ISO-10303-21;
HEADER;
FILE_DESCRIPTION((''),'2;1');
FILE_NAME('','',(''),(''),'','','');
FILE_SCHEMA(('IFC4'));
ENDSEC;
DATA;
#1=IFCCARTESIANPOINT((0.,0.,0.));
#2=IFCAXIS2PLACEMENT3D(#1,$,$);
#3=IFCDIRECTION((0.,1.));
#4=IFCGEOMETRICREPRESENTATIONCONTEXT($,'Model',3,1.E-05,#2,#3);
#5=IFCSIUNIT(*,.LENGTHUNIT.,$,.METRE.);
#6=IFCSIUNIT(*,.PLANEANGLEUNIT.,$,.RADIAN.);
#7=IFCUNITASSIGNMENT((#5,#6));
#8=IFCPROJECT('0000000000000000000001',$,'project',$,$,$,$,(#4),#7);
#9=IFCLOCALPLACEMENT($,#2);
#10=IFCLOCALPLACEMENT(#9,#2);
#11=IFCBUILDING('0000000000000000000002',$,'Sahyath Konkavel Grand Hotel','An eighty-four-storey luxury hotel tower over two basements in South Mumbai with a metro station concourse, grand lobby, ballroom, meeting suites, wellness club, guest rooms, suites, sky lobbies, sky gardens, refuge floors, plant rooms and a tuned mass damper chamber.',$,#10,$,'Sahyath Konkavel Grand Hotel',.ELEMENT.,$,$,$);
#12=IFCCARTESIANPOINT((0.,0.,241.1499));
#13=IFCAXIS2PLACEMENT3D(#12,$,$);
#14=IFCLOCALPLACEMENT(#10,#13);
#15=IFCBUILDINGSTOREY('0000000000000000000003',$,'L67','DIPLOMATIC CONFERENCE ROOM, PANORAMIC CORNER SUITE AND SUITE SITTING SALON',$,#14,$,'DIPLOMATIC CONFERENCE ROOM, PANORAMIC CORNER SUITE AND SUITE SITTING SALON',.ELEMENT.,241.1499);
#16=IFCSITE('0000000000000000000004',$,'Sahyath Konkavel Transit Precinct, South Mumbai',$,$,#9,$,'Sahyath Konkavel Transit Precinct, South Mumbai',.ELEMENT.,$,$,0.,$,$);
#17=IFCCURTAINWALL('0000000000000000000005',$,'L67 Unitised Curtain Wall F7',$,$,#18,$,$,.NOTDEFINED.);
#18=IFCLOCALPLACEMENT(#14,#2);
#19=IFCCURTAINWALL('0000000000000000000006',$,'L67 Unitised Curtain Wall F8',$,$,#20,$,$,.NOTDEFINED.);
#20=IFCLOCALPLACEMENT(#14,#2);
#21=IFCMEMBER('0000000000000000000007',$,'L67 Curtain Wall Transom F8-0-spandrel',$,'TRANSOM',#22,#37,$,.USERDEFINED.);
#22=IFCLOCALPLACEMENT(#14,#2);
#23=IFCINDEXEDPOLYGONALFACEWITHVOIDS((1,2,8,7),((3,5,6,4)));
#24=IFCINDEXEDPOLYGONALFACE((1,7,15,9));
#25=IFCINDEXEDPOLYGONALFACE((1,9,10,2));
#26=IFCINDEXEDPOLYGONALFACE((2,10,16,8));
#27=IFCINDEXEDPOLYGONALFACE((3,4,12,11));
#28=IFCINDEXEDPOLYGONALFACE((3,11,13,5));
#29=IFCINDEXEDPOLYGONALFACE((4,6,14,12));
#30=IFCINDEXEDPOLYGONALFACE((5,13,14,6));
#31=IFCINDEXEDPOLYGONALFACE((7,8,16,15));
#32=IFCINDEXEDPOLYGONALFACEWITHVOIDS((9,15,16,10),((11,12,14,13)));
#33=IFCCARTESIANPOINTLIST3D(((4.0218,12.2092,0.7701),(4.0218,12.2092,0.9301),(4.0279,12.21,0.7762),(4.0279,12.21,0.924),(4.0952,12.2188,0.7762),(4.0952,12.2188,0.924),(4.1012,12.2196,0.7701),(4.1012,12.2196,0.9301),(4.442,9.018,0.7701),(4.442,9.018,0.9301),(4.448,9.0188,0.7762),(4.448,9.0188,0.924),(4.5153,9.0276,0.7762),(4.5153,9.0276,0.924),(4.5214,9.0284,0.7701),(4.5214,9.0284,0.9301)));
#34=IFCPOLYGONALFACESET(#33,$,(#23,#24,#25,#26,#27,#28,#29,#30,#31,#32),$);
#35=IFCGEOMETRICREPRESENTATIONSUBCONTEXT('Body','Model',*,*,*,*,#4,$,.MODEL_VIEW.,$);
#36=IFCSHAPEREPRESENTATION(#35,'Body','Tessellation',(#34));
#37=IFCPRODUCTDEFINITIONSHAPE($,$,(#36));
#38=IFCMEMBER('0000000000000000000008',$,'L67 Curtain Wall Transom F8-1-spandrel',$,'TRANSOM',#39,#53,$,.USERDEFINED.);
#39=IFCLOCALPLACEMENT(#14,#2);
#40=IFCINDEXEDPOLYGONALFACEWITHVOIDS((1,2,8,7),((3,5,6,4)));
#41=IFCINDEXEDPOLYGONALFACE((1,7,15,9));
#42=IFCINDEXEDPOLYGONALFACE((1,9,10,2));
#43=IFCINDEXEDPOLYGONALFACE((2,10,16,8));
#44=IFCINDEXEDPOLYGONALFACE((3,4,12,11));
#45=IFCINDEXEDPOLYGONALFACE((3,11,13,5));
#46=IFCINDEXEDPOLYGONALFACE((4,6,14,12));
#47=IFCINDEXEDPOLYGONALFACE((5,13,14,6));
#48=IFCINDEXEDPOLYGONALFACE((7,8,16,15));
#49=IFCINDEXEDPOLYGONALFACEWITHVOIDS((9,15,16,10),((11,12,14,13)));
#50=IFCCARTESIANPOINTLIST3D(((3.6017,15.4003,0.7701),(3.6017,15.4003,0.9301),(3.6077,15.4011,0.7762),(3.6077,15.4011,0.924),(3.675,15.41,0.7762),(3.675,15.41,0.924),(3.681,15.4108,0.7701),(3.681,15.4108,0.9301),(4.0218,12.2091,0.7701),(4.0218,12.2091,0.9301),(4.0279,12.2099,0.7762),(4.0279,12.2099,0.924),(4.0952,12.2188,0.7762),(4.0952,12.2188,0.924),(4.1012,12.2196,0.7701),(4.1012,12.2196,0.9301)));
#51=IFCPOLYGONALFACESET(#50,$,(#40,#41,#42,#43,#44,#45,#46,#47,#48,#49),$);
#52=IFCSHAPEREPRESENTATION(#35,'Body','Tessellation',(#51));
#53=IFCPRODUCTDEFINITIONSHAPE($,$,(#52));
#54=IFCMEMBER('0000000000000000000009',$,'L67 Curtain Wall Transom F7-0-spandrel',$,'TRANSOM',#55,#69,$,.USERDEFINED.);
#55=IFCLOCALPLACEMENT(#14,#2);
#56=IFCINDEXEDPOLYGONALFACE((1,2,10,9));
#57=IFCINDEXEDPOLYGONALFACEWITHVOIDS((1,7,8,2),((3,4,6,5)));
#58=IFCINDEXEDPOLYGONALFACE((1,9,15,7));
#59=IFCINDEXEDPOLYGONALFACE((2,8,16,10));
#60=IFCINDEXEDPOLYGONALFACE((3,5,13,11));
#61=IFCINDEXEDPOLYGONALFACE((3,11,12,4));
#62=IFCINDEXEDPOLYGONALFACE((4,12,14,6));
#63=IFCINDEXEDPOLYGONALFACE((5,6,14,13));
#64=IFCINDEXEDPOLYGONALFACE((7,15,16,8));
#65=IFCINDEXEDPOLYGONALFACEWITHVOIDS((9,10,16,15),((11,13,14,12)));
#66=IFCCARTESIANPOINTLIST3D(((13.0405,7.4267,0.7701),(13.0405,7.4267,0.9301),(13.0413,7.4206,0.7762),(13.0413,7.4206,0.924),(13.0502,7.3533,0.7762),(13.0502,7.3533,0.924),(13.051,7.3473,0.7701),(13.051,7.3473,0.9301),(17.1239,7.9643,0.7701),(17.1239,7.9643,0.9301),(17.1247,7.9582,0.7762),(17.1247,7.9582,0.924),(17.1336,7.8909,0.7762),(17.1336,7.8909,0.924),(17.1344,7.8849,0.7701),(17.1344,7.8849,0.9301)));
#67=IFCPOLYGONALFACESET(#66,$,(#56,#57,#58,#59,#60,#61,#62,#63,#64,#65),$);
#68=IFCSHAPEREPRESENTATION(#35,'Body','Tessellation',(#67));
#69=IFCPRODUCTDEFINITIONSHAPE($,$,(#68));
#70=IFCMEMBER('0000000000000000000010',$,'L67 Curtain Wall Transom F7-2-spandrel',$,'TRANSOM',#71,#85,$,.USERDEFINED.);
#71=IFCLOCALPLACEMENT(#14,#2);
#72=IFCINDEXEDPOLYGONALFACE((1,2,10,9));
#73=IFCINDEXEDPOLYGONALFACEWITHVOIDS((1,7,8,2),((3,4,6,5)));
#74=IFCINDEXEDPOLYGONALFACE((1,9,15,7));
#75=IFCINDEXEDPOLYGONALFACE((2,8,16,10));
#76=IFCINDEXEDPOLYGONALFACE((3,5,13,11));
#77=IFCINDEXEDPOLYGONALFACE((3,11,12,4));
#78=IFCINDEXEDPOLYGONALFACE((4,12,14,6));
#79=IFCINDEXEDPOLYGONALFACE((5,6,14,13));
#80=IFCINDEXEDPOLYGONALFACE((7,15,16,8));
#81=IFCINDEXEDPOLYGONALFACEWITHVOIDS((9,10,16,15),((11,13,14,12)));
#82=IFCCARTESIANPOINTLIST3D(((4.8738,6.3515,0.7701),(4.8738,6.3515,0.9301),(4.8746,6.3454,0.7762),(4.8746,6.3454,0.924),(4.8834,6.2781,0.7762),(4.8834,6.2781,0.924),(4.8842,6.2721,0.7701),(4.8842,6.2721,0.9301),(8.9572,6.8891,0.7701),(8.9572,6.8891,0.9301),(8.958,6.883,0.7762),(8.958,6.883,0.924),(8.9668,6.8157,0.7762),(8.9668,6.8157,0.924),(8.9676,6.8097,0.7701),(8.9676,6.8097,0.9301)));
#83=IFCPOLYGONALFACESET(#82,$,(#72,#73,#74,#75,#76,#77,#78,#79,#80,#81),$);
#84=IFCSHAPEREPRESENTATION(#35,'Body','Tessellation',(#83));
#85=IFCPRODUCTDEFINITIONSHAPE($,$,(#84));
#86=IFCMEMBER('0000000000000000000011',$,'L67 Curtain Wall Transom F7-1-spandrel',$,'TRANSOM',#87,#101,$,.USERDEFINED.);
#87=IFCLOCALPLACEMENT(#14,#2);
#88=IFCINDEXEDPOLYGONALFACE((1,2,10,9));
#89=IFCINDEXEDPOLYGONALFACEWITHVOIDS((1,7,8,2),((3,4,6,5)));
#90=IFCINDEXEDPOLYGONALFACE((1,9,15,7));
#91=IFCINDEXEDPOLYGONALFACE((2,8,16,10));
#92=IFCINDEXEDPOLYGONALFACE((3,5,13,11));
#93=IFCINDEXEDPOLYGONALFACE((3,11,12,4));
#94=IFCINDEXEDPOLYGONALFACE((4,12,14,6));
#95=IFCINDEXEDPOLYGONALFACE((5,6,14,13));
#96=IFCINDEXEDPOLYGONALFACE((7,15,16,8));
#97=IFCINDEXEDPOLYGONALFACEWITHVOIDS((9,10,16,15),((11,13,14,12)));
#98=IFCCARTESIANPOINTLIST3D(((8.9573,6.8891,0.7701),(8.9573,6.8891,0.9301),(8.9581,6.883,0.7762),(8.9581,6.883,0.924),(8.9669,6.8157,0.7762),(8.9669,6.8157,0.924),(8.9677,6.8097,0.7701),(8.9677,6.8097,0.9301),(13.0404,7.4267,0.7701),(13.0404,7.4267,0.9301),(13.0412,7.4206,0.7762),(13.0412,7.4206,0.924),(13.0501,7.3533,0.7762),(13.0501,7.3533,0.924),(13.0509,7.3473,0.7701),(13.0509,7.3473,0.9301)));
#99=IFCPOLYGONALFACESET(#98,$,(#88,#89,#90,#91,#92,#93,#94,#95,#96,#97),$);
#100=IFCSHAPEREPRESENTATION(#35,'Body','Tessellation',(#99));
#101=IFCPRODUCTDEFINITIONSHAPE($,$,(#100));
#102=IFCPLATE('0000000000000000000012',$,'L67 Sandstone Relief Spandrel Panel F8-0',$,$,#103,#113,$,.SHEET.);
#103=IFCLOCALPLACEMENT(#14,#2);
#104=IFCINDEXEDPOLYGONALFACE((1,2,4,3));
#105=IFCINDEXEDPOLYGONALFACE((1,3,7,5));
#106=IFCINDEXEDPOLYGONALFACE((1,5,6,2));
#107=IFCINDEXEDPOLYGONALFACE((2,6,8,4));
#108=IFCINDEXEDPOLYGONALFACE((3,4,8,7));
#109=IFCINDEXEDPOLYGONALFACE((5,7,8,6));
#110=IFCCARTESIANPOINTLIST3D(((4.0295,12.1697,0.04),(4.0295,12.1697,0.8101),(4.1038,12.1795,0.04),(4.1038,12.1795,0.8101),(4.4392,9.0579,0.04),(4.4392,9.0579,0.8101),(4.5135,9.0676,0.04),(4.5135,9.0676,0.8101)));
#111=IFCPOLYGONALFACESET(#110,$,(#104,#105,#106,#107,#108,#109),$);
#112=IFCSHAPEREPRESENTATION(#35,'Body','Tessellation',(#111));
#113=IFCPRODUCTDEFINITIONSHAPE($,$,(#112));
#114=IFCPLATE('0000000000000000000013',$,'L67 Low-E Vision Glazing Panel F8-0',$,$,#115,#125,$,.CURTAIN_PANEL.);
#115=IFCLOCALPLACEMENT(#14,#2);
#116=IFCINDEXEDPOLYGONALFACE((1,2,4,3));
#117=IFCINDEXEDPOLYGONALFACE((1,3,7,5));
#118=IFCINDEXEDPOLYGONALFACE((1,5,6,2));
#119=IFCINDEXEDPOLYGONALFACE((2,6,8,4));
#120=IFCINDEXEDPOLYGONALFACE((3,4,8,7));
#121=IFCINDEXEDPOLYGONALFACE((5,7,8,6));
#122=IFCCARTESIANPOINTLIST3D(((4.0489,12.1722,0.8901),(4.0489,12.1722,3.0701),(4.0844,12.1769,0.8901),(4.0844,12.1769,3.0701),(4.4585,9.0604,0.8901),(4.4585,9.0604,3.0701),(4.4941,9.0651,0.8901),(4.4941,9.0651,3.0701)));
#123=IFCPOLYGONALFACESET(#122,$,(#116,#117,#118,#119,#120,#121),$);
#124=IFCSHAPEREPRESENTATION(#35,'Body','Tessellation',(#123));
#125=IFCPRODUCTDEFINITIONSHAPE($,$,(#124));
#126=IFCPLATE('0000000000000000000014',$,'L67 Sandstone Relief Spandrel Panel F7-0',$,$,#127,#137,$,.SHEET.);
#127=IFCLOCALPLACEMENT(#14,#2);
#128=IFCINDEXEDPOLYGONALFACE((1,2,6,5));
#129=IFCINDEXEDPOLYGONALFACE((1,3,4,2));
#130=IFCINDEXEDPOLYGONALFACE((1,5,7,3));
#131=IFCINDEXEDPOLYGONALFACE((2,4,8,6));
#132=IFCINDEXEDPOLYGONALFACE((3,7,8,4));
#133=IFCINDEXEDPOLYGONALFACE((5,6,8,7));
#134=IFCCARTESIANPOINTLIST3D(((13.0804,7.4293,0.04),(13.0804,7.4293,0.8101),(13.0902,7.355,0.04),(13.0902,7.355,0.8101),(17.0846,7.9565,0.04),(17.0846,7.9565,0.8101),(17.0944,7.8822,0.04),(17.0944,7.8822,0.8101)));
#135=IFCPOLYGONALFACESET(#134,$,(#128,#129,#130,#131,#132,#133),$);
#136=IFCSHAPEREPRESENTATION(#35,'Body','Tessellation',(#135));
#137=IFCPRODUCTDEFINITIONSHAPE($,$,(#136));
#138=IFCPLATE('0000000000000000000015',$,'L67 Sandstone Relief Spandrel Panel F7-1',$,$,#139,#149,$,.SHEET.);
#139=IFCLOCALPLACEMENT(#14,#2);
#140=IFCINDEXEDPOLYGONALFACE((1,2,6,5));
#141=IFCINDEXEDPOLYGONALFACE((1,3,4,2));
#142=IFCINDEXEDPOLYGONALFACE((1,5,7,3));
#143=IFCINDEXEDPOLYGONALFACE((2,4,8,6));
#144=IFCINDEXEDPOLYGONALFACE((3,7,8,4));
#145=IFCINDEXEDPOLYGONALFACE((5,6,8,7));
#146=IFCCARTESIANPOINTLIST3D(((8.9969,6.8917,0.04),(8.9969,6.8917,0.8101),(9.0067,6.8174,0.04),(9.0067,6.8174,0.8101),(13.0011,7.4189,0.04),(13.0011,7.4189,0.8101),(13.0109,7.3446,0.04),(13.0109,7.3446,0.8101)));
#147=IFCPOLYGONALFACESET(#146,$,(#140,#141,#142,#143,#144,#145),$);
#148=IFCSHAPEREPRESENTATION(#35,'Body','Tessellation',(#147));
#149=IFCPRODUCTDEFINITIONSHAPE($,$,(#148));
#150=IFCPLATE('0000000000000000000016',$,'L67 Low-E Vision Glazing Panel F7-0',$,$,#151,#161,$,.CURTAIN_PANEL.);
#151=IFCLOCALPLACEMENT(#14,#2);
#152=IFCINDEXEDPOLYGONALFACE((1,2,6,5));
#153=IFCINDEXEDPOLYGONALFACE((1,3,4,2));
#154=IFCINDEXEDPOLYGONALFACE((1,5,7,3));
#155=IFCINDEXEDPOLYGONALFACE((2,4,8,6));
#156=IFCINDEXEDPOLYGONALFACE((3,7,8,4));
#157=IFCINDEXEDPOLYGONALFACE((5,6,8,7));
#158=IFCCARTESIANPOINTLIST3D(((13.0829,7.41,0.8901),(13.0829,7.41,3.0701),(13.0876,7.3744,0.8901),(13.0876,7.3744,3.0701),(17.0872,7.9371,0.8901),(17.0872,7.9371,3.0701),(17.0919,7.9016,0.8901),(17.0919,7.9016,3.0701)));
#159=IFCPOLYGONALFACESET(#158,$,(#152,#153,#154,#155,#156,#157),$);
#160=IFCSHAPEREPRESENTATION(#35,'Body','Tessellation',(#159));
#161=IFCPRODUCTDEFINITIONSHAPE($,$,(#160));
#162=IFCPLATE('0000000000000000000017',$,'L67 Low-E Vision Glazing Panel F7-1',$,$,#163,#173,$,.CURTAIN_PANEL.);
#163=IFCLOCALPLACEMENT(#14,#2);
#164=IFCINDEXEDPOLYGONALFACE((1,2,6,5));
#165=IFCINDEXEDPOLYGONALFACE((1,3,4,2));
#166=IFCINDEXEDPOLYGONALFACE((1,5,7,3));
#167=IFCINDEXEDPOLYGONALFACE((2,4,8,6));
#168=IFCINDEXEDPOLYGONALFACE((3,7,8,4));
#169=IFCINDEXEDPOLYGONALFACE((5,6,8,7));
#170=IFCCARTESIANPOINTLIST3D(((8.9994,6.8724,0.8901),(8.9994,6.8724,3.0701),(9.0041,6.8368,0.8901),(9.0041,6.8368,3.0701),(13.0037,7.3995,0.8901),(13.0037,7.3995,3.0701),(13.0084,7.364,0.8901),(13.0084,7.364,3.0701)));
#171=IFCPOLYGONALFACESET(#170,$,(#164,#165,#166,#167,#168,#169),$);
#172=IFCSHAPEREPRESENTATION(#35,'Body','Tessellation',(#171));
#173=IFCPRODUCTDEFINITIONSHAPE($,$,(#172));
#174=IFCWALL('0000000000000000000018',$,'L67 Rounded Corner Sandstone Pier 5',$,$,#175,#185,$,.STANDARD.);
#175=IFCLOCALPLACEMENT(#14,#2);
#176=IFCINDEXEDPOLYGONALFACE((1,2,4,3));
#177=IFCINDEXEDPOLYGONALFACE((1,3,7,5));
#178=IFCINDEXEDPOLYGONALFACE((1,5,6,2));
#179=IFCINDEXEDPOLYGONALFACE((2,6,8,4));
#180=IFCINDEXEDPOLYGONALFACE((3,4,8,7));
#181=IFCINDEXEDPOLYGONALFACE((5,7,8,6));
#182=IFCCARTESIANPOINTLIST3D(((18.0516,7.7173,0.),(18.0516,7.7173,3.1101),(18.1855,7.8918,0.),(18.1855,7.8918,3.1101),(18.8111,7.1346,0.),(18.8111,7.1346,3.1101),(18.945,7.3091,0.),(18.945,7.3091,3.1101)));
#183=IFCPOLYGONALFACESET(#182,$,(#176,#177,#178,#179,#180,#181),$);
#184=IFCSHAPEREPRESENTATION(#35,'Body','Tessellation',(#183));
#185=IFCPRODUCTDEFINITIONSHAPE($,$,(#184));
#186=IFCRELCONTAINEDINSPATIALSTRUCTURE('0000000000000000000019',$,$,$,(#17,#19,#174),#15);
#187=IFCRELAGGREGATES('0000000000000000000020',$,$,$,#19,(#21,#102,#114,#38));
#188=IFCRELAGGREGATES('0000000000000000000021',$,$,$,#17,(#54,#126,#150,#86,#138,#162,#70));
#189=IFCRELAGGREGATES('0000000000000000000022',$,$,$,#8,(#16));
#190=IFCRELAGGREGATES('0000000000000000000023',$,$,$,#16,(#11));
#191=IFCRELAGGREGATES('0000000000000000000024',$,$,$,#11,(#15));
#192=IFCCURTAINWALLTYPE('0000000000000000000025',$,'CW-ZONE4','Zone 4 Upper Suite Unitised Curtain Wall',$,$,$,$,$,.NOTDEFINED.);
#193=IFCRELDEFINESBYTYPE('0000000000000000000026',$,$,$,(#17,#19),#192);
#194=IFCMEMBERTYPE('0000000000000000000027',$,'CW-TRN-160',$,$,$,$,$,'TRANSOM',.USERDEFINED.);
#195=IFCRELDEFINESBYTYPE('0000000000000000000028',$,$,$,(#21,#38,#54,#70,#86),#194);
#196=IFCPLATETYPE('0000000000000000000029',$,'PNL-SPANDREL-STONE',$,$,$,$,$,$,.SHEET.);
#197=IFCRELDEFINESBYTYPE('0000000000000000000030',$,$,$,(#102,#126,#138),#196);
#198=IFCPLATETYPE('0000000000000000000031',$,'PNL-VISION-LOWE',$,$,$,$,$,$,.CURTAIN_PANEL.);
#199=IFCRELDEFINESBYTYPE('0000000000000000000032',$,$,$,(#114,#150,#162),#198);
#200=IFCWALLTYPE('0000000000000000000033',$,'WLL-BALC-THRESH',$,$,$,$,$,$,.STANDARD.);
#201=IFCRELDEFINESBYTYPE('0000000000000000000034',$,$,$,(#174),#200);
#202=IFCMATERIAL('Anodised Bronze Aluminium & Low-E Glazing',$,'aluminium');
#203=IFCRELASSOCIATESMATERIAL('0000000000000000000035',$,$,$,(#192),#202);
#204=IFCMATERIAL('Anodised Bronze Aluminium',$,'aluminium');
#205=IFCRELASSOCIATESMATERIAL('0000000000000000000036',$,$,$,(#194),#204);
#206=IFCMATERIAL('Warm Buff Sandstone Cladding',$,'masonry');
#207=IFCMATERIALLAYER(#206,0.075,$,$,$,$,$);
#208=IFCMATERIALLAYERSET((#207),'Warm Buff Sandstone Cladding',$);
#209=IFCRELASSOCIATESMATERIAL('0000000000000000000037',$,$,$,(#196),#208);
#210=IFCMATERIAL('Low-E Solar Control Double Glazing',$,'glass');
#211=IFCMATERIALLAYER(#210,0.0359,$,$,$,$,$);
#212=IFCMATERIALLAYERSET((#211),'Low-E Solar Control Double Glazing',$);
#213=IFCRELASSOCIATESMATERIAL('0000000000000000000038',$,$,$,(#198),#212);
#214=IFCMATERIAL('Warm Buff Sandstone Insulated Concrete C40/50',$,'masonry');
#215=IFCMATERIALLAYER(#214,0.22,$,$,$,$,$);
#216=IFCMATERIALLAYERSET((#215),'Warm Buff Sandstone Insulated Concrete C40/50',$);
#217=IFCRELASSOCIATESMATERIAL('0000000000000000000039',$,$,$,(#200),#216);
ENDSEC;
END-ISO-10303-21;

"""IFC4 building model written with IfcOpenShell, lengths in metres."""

from ifc_helpers import new_model, si_unit, direction, frame, frame_2d, origin, origin_2d, place, context, subcontext, project, spatial, rectangle, hollow_rectangle, extrude, source, transform, mapped, material, layer, layer_set, material_profile, profile_set, type_object, element, aggregate, save


model = new_model("IFC4")

# Units and contexts
model_context = context("Model", 3, precision=1e-05, world=origin(), true_north=direction((0.0, 1.0)))
body_context = subcontext(model_context, "Body", "Model", "MODEL_VIEW")
ifc_project = project(units=[si_unit("LENGTHUNIT", "METRE"), si_unit("PLANEANGLEUNIT", "RADIAN")], contexts=[model_context])

# Site, building, storey
site_placement = place(None, origin())
site = spatial("IfcSite", under=ifc_project, at=site_placement, Name="Sahyath Konkavel Transit Precinct, South Mumbai", LongName="Sahyath Konkavel Transit Precinct, South Mumbai", CompositionType="ELEMENT", RefElevation=0.0)
building_placement = place(site_placement, origin())
building = spatial("IfcBuilding", under=site, at=building_placement, Name="Sahyath Konkavel Grand Hotel", Description="An eighty-four-storey luxury hotel tower over two basements in South Mumbai with a metro station concourse, grand lobby, ballroom, meeting suites, wellness club, guest rooms, suites, sky lobbies, sky gardens, refuge floors, plant rooms and a tuned mass damper chamber.", LongName="Sahyath Konkavel Grand Hotel", CompositionType="ELEMENT")
storey_placement = place(building_placement, frame((0.0, 0.0, 241.1499)))
storey = spatial("IfcBuildingStorey", under=building, at=storey_placement, Name="L67", Description="DIPLOMATIC CONFERENCE ROOM, PANORAMIC CORNER SUITE AND SUITE SITTING SALON", LongName="DIPLOMATIC CONFERENCE ROOM, PANORAMIC CORNER SUITE AND SUITE SITTING SALON", CompositionType="ELEMENT", Elevation=241.1499)

# Curtain walls
ifc_material_1 = material(Name="Anodised Bronze Aluminium & Low-E Glazing", Category="aluminium")
curtain_wall_type = type_object("IfcCurtainWallType", Name="CW-ZONE4", Description="Zone 4 Upper Suite Unitised Curtain Wall", PredefinedType="NOTDEFINED", material=ifc_material_1)
curtain_wall_1_placement = place(storey_placement, origin())
curtain_wall_1 = element("IfcCurtainWall", 1, at=curtain_wall_1_placement, inside=storey, type_object=curtain_wall_type, Name="L67 Unitised Curtain Wall F7", PredefinedType="NOTDEFINED")
curtain_wall_2_placement = place(storey_placement, origin())
curtain_wall_2 = element("IfcCurtainWall", 2, at=curtain_wall_2_placement, inside=storey, type_object=curtain_wall_type, Name="L67 Unitised Curtain Wall F8", PredefinedType="NOTDEFINED")
ifc_material_2 = material(Name="Anodised Bronze Aluminium", Category="aluminium")

# Members
ifc_material_profile_1 = material_profile(ifc_material_2, hollow_rectangle(XDim=0.0801, YDim=0.1599, WallThickness=0.0061, at=origin_2d()), Name="RHS 160x80x6")
ifc_profile_set_1 = profile_set([ifc_material_profile_1], Name="Anodised Bronze Aluminium")
member_type_1 = type_object("IfcMemberType", Name="CW-TRN-160", ElementType="TRANSOM", PredefinedType="USERDEFINED", material=ifc_profile_set_1)
shared_shape_1 = source(origin(), body_context, "Body", "SweptSolid", [
    extrude(hollow_rectangle(XDim=0.0801, YDim=0.1599, WallThickness=0.0061, at=origin_2d()), origin(), (0.0, 0.0, 1.0), 3.2188),
])
member_1_placement = place(storey_placement, frame((4.4817, 9.0232, 0.8501), z_axis=(-0.130539, 0.991443, 0.0), x_axis=(-0.991443, -0.130539, 0.0)))
member_1 = element("IfcMember", 3, at=member_1_placement, type_object=member_type_1, Name="L67 Curtain Wall Transom F8-0-spandrel", ObjectType="TRANSOM", PredefinedType="USERDEFINED", context=body_context, shape_type="MappedRepresentation", body=[
    mapped(shared_shape_1, transform((0.0, 0.0, 0.0), scale=1.0)),
])
member_2_placement = place(storey_placement, frame((4.0615, 12.2144, 0.8501), z_axis=(-0.130539, 0.991443, 0.0), x_axis=(-0.991443, -0.130539, 0.0)))
member_2 = element("IfcMember", 4, at=member_2_placement, type_object=member_type_1, Name="L67 Curtain Wall Transom F8-1-spandrel", ObjectType="TRANSOM", PredefinedType="USERDEFINED", context=body_context, shape_type="MappedRepresentation", body=[
    mapped(shared_shape_1, transform((0.0, 0.0, 0.0), scale=1.0)),
])
shared_shape_2 = source(origin(), body_context, "Body", "SweptSolid", [
    extrude(hollow_rectangle(XDim=0.0801, YDim=0.1599, WallThickness=0.0061, at=origin_2d()), origin(), (0.0, 0.0, 1.0), 4.1187),
])
member_3_placement = place(storey_placement, frame((17.1292, 7.9246, 0.8501), z_axis=(-0.991445, -0.130525, 0.0), x_axis=(0.130525, -0.991445, 0.0)))
member_3 = element("IfcMember", 5, at=member_3_placement, type_object=member_type_1, Name="L67 Curtain Wall Transom F7-0-spandrel", ObjectType="TRANSOM", PredefinedType="USERDEFINED", context=body_context, shape_type="MappedRepresentation", body=[
    mapped(shared_shape_2, transform((0.0, 0.0, 0.0), scale=1.0)),
])
member_4_placement = place(storey_placement, frame((8.9624, 6.8494, 0.8501), z_axis=(-0.991445, -0.130525, 0.0), x_axis=(0.130525, -0.991445, 0.0)))
member_4 = element("IfcMember", 6, at=member_4_placement, type_object=member_type_1, Name="L67 Curtain Wall Transom F7-2-spandrel", ObjectType="TRANSOM", PredefinedType="USERDEFINED", context=body_context, shape_type="MappedRepresentation", body=[
    mapped(shared_shape_2, transform((0.0, 0.0, 0.0), scale=1.0)),
])
shared_shape_3 = source(origin(), body_context, "Body", "SweptSolid", [
    extrude(hollow_rectangle(XDim=0.0801, YDim=0.1599, WallThickness=0.0061, at=origin_2d()), origin(), (0.0, 0.0, 1.0), 4.1184),
])
member_5_placement = place(storey_placement, frame((13.0457, 7.387, 0.8501), z_axis=(-0.991444, -0.130533, 0.0), x_axis=(0.130533, -0.991444, 0.0)))
member_5 = element("IfcMember", 7, at=member_5_placement, type_object=member_type_1, Name="L67 Curtain Wall Transom F7-1-spandrel", ObjectType="TRANSOM", PredefinedType="USERDEFINED", context=body_context, shape_type="MappedRepresentation", body=[
    mapped(shared_shape_3, transform((0.0, 0.0, 0.0), scale=1.0)),
])

# Plates
ifc_material_3 = material(Name="Warm Buff Sandstone Cladding", Category="masonry")
ifc_layer_1 = layer(ifc_material_3, 0.075)
ifc_layer_set_1 = layer_set([ifc_layer_1], Name="Warm Buff Sandstone Cladding")
plate_type_1 = type_object("IfcPlateType", Name="PNL-SPANDREL-STONE", PredefinedType="SHEET", material=ifc_layer_set_1)
shared_shape_4 = source(origin(), body_context, "Body", "SweptSolid", [
    extrude(rectangle(XDim=3.1387, YDim=0.075, at=origin_2d()), origin(), (0.0, 0.0, 1.0), 0.77),
])
plate_1_placement = place(storey_placement, frame((4.2715, 10.6187, 0.04), z_axis=(0.0, 0.0, 1.0), x_axis=(-0.130526, 0.991445, 0.0)))
plate_1 = element("IfcPlate", 8, at=plate_1_placement, type_object=plate_type_1, Name="L67 Sandstone Relief Spandrel Panel F8-0", PredefinedType="SHEET", context=body_context, shape_type="MappedRepresentation", body=[
    mapped(shared_shape_4, transform((0.0, 0.0, 0.0), scale=1.0)),
])
ifc_material_4 = material(Name="Low-E Solar Control Double Glazing", Category="glass")
ifc_layer_2 = layer(ifc_material_4, 0.0359)
ifc_layer_set_2 = layer_set([ifc_layer_2], Name="Low-E Solar Control Double Glazing")
plate_type_2 = type_object("IfcPlateType", Name="PNL-VISION-LOWE", PredefinedType="CURTAIN_PANEL", material=ifc_layer_set_2)
shared_shape_5 = source(origin(), body_context, "Body", "SweptSolid", [
    extrude(rectangle(XDim=3.1387, YDim=0.0359, at=origin_2d()), origin(), (0.0, 0.0, 1.0), 2.1799),
])
plate_2_placement = place(storey_placement, frame((4.2715, 10.6187, 0.8901), z_axis=(0.0, 0.0, 1.0), x_axis=(-0.130526, 0.991445, 0.0)))
plate_2 = element("IfcPlate", 9, at=plate_2_placement, type_object=plate_type_2, Name="L67 Low-E Vision Glazing Panel F8-0", PredefinedType="CURTAIN_PANEL", context=body_context, shape_type="MappedRepresentation", body=[
    mapped(shared_shape_5, transform((0.0, 0.0, 0.0), scale=1.0)),
])
aggregate(curtain_wall_2, [member_1, plate_1, plate_2, member_2])
shared_shape_6 = source(origin(), body_context, "Body", "SweptSolid", [
    extrude(rectangle(XDim=4.0388, YDim=0.075, at=origin_2d()), origin(), (0.0, 0.0, 1.0), 0.77),
])
plate_3_placement = place(storey_placement, frame((15.0874, 7.6558, 0.04), z_axis=(0.0, 0.0, 1.0), x_axis=(-0.991445, -0.130526, 0.0)))
plate_3 = element("IfcPlate", 10, at=plate_3_placement, type_object=plate_type_1, Name="L67 Sandstone Relief Spandrel Panel F7-0", PredefinedType="SHEET", context=body_context, shape_type="MappedRepresentation", body=[
    mapped(shared_shape_6, transform((0.0, 0.0, 0.0), scale=1.0)),
])
plate_4_placement = place(storey_placement, frame((11.0039, 7.1182, 0.04), z_axis=(0.0, 0.0, 1.0), x_axis=(-0.991445, -0.130526, 0.0)))
plate_4 = element("IfcPlate", 11, at=plate_4_placement, type_object=plate_type_1, Name="L67 Sandstone Relief Spandrel Panel F7-1", PredefinedType="SHEET", context=body_context, shape_type="MappedRepresentation", body=[
    mapped(shared_shape_6, transform((0.0, 0.0, 0.0), scale=1.0)),
])
shared_shape_7 = source(origin(), body_context, "Body", "SweptSolid", [
    extrude(rectangle(XDim=4.0388, YDim=0.0359, at=origin_2d()), origin(), (0.0, 0.0, 1.0), 2.1799),
])
plate_5_placement = place(storey_placement, frame((15.0874, 7.6558, 0.8901), z_axis=(0.0, 0.0, 1.0), x_axis=(-0.991445, -0.130526, 0.0)))
plate_5 = element("IfcPlate", 12, at=plate_5_placement, type_object=plate_type_2, Name="L67 Low-E Vision Glazing Panel F7-0", PredefinedType="CURTAIN_PANEL", context=body_context, shape_type="MappedRepresentation", body=[
    mapped(shared_shape_7, transform((0.0, 0.0, 0.0), scale=1.0)),
])
plate_6_placement = place(storey_placement, frame((11.0039, 7.1182, 0.8901), z_axis=(0.0, 0.0, 1.0), x_axis=(-0.991445, -0.130526, 0.0)))
plate_6 = element("IfcPlate", 13, at=plate_6_placement, type_object=plate_type_2, Name="L67 Low-E Vision Glazing Panel F7-1", PredefinedType="CURTAIN_PANEL", context=body_context, shape_type="MappedRepresentation", body=[
    mapped(shared_shape_7, transform((0.0, 0.0, 0.0), scale=1.0)),
])
aggregate(curtain_wall_1, [member_3, plate_3, plate_5, member_5, plate_4, plate_6, member_4])

# Wall
ifc_material_5 = material(Name="Warm Buff Sandstone Insulated Concrete C40/50", Category="masonry")
ifc_layer_3 = layer(ifc_material_5, 0.22)
ifc_layer_set_3 = layer_set([ifc_layer_3], Name="Warm Buff Sandstone Insulated Concrete C40/50")
wall_type = type_object("IfcWallType", Name="WLL-BALC-THRESH", PredefinedType="STANDARD", material=ifc_layer_set_3)
wall_1_placement = place(storey_placement, frame((18.8779, 7.2219, 0.0), z_axis=(0.0, 0.0, 1.0), x_axis=(-0.793372, 0.608737, 0.0)))
element("IfcWall", 14, at=wall_1_placement, inside=storey, type_object=wall_type, Name="L67 Rounded Corner Sandstone Pier 5", PredefinedType="STANDARD", context=body_context, shape_type="SweptSolid", body=[
    extrude(rectangle(XDim=0.9573, YDim=0.22, at=frame_2d((0.4785, 0.0))), origin(), (0.0, 0.0, 1.0), 3.1101),
])

save(model, "model.ifc")
